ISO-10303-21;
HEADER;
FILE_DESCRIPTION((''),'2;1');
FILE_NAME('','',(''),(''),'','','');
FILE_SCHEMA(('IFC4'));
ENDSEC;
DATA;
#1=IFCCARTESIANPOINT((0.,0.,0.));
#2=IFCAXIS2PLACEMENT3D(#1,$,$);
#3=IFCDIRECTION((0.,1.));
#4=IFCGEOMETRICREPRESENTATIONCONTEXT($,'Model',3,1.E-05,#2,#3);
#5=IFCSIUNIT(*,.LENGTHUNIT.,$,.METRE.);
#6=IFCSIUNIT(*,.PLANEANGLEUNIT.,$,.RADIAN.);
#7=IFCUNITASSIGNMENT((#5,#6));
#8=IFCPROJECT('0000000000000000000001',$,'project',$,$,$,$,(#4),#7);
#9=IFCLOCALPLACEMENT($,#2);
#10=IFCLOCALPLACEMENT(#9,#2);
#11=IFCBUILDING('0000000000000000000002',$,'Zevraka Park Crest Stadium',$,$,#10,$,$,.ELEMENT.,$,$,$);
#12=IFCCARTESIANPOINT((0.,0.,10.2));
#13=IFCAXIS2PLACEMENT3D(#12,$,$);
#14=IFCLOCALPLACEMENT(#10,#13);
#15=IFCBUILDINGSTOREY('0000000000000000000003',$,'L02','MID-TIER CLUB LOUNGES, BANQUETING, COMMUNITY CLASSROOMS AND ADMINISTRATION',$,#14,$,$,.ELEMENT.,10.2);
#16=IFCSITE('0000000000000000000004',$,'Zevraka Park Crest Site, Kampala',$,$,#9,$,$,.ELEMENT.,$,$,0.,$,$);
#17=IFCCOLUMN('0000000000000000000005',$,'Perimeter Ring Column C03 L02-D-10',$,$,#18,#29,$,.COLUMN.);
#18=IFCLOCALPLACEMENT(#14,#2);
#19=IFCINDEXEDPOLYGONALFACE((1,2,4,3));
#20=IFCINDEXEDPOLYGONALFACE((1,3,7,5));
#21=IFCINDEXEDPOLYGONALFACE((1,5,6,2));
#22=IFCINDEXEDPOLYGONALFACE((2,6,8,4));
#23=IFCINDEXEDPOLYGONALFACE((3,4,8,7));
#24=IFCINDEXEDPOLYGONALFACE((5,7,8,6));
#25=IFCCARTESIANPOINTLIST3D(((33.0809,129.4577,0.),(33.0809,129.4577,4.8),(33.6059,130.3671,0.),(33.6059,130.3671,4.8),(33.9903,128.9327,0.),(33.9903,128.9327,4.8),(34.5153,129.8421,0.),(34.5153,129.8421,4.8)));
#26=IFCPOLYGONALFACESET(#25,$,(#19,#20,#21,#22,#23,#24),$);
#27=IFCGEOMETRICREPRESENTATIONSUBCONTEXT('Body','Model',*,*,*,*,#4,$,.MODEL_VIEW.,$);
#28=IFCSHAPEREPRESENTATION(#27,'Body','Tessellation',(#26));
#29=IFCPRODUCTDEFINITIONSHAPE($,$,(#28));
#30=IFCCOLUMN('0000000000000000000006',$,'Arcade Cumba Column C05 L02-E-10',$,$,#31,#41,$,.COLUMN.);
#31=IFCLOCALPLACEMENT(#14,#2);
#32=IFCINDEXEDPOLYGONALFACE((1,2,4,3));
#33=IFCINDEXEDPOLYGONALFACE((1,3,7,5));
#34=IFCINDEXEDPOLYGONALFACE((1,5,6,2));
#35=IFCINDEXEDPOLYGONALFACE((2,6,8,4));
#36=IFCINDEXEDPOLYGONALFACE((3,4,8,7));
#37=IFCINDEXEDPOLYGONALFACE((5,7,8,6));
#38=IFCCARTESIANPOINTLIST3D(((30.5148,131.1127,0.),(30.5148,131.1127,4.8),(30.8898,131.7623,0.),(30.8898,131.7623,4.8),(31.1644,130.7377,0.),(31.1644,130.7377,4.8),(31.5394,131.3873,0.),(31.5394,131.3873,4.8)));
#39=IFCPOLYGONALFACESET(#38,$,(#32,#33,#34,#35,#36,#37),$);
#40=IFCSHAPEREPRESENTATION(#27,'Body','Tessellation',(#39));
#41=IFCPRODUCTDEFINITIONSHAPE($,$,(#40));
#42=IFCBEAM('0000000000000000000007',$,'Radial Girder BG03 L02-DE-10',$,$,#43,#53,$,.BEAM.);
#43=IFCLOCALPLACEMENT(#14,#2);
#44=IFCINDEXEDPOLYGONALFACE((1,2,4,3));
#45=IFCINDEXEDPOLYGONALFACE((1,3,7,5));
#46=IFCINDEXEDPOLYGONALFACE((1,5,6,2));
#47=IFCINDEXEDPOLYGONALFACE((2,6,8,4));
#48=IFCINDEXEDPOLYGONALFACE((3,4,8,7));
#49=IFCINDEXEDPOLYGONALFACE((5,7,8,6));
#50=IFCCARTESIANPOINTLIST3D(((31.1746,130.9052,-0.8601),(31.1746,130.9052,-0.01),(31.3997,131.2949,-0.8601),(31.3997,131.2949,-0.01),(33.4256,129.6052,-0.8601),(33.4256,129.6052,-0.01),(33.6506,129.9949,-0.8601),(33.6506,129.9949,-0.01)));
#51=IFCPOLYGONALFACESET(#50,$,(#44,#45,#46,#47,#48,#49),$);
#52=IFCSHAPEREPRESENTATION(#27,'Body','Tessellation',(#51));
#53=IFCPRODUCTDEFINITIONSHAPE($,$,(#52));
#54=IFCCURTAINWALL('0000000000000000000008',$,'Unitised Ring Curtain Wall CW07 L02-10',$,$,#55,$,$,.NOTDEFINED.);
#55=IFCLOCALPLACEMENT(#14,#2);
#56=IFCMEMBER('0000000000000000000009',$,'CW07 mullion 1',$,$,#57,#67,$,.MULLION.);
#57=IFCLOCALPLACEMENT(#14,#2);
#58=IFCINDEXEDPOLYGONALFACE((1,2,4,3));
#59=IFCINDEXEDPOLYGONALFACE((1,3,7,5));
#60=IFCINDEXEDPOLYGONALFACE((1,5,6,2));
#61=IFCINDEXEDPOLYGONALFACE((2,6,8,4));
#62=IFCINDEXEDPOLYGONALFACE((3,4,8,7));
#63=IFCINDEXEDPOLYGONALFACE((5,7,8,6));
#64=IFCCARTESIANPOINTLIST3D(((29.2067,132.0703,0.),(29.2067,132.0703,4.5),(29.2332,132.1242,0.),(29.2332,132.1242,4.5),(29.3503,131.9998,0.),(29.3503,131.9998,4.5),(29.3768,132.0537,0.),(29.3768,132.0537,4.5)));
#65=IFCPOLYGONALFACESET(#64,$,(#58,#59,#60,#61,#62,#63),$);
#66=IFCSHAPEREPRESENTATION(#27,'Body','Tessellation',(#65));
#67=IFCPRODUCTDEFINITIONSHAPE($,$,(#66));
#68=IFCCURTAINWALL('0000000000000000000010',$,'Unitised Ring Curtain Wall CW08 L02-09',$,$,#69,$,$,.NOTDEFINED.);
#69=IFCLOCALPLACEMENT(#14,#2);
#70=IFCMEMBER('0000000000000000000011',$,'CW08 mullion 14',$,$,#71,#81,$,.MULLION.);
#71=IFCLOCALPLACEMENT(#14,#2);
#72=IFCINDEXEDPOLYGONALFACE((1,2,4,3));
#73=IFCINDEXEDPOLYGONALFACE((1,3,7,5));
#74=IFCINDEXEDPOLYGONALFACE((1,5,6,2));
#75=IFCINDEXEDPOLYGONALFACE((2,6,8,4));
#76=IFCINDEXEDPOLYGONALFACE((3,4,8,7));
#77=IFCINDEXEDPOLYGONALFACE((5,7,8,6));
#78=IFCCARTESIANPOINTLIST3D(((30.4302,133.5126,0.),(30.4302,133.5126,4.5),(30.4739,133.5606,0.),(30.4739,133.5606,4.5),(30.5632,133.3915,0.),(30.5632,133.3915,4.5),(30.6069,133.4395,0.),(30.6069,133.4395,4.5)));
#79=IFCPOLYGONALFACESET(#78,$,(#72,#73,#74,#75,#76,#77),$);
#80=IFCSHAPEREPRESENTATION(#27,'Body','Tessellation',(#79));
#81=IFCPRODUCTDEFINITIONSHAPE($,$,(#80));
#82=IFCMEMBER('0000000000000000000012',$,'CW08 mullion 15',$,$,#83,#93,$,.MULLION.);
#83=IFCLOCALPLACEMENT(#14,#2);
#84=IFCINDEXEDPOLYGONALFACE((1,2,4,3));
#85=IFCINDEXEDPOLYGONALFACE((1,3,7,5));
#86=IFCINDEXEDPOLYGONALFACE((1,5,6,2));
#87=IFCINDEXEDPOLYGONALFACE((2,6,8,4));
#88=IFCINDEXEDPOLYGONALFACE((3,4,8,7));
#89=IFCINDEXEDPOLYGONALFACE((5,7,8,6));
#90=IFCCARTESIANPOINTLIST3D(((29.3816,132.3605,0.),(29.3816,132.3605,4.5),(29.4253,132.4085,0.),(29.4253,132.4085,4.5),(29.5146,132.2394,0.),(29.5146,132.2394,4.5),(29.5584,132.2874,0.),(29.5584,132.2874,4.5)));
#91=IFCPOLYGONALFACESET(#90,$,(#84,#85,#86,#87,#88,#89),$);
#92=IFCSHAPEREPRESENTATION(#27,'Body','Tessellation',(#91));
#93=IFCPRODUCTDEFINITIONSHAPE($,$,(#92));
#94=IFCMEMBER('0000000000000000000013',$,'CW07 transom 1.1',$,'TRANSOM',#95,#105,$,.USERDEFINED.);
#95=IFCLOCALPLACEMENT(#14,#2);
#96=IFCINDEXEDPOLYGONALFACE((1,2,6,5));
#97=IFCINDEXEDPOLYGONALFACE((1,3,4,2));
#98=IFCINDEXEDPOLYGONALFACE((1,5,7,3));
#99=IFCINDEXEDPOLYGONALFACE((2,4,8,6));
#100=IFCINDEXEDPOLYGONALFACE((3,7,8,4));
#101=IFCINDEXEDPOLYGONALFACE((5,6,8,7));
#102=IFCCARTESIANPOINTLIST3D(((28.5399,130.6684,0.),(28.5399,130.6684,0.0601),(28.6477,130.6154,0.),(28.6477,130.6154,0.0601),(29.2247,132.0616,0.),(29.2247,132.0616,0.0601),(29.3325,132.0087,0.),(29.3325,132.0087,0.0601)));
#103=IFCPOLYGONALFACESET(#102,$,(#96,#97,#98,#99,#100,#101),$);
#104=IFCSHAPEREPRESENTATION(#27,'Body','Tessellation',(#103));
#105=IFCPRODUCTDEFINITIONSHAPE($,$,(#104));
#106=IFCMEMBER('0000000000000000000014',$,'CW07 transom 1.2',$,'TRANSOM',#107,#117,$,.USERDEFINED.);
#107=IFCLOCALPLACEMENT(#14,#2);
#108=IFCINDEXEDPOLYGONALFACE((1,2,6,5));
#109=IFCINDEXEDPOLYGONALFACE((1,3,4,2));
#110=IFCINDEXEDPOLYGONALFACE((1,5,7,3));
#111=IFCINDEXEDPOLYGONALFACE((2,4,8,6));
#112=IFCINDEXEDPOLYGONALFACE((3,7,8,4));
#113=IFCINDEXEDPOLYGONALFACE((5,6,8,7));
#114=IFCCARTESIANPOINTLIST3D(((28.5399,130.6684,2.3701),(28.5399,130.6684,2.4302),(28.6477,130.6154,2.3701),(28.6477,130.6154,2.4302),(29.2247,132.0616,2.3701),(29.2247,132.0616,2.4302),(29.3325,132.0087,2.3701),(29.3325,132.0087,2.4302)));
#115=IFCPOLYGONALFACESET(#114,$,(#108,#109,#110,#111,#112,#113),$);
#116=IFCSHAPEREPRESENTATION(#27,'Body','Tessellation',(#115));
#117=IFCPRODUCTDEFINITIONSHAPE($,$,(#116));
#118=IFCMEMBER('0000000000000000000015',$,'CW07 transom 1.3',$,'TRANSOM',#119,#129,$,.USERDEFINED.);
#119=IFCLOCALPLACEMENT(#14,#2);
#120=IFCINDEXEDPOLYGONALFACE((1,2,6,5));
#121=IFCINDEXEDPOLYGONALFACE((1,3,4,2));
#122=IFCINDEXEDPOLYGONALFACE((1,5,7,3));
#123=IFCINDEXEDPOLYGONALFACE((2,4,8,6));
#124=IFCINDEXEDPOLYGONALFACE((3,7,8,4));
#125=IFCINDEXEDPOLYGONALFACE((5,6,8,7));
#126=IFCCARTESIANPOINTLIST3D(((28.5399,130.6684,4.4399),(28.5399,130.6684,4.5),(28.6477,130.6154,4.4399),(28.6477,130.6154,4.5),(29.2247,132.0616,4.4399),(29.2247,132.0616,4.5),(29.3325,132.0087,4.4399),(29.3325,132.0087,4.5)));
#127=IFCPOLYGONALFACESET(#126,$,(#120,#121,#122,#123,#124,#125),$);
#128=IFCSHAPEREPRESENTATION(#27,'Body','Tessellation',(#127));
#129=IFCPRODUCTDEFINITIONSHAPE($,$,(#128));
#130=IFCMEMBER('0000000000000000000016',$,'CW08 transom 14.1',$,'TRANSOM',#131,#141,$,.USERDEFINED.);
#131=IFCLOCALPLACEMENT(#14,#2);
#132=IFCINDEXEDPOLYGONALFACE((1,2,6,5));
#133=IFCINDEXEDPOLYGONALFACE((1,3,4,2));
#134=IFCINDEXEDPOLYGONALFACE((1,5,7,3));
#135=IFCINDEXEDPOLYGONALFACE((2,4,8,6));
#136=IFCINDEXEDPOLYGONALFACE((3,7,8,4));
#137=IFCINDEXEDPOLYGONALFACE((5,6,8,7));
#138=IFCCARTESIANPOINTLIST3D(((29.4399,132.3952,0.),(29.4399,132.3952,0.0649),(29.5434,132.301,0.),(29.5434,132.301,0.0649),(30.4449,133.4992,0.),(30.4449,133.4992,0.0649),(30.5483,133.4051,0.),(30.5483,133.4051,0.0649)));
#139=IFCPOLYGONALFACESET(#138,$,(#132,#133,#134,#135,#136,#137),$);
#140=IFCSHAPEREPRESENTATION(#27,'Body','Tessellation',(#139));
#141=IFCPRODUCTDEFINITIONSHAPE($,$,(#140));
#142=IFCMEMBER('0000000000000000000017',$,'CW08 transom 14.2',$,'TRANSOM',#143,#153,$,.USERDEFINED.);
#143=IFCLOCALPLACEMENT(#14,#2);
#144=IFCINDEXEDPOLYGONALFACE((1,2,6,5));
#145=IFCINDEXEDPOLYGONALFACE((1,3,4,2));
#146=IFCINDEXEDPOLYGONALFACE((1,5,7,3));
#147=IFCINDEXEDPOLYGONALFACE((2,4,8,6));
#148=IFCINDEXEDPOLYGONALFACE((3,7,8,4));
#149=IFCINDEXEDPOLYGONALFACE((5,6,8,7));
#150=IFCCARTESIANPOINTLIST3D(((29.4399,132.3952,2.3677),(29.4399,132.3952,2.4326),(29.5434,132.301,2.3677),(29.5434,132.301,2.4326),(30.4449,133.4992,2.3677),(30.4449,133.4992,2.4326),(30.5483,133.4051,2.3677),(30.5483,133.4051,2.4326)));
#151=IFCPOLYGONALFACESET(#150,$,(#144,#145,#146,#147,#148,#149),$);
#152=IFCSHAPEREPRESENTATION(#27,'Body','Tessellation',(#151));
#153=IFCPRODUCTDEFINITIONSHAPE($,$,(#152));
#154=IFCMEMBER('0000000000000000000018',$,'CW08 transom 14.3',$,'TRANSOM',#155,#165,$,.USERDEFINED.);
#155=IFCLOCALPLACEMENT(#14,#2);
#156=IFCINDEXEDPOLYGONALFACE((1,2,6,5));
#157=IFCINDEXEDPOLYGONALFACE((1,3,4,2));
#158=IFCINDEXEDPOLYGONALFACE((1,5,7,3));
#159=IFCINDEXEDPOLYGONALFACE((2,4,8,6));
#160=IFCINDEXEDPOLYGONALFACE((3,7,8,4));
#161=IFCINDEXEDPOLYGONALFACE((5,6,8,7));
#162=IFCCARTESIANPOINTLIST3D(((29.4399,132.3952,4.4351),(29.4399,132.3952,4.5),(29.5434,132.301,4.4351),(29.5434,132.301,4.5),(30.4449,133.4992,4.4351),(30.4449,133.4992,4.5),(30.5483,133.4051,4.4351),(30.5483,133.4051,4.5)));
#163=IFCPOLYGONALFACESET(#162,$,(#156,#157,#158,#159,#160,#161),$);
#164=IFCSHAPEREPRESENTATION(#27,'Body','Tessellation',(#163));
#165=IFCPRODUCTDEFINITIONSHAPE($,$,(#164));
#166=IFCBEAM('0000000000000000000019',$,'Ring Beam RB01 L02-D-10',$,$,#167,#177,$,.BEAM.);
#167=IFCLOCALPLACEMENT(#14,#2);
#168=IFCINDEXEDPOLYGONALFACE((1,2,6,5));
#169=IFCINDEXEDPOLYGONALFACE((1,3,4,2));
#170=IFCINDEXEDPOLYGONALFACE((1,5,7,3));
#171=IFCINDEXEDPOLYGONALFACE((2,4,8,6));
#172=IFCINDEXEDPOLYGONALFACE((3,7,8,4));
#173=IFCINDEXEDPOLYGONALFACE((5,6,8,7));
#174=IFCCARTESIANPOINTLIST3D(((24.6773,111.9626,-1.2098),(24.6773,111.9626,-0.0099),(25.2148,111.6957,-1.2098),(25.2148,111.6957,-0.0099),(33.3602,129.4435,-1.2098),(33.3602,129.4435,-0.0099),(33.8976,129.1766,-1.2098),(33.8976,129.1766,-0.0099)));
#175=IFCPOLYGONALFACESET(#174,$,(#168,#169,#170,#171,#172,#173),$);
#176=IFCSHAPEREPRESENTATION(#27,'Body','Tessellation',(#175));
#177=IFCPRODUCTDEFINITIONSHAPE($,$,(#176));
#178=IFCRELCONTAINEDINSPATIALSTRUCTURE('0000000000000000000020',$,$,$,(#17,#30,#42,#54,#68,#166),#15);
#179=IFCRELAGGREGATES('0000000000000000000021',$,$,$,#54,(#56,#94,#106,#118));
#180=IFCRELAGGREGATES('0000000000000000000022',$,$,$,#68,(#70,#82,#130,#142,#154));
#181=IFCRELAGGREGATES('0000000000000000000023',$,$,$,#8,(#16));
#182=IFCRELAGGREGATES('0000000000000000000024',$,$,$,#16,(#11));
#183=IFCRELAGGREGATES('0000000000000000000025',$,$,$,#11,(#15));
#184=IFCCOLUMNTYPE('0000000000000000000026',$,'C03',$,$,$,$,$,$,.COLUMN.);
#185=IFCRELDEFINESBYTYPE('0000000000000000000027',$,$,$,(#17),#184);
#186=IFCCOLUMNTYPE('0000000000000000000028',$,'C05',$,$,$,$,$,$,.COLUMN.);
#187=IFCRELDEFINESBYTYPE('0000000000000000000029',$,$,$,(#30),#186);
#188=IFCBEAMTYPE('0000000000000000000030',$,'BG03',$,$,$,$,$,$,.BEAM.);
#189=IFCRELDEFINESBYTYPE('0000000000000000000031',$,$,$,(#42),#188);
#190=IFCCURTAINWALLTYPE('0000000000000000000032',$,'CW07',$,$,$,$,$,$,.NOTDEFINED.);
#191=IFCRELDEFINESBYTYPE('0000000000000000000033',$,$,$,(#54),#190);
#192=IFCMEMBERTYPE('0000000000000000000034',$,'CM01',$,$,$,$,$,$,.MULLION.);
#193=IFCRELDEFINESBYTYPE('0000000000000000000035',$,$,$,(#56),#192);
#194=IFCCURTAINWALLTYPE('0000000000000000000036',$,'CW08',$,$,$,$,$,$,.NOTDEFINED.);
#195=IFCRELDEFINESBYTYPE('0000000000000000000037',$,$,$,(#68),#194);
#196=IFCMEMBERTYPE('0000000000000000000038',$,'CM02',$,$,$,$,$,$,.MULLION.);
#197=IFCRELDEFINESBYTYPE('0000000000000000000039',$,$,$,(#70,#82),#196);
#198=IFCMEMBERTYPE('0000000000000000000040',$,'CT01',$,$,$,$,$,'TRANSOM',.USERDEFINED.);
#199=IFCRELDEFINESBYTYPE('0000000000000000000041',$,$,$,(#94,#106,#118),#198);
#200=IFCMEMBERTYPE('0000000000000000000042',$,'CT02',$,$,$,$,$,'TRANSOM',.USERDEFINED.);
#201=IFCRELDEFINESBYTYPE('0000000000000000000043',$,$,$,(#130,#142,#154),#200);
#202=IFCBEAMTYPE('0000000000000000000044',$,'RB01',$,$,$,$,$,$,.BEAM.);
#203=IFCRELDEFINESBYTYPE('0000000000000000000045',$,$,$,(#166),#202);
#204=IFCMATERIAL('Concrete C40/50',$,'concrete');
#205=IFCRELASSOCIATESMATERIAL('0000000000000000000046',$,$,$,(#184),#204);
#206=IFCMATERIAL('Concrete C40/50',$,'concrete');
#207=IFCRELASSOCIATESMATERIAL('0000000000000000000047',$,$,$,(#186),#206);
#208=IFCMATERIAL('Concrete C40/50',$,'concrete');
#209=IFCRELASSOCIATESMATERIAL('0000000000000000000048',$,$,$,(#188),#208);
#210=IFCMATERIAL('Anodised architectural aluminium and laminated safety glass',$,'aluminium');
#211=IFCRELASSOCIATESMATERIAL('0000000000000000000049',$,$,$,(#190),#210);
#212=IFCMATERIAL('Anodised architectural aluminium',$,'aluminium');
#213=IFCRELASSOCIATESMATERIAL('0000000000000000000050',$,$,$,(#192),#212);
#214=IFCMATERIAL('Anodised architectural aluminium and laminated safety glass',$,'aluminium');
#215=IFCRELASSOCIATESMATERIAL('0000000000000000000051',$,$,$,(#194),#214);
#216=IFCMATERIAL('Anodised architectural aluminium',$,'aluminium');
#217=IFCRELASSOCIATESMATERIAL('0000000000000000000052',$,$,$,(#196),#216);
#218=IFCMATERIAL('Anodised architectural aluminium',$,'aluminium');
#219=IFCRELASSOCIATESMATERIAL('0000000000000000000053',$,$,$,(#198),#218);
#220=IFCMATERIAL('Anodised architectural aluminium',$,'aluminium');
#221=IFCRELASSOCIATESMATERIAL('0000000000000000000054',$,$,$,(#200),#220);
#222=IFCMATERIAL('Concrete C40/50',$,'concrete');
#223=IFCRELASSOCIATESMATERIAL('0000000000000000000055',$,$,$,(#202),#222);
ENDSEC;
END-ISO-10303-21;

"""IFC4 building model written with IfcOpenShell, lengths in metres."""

from ifc_helpers import new_model, si_unit, direction, frame, origin, origin_2d, place, context, subcontext, project, spatial, rectangle, extrude, material, material_profile, profile_set, type_object, element, aggregate, save


model = new_model("IFC4")

# Units and contexts
model_context = context("Model", 3, precision=1e-05, world=origin(), true_north=direction((0.0, 1.0)))
body_context = subcontext(model_context, "Body", "Model", "MODEL_VIEW")
ifc_project = project(units=[si_unit("LENGTHUNIT", "METRE"), si_unit("PLANEANGLEUNIT", "RADIAN")], contexts=[model_context])

# Site, building, storey
site_placement = place(None, origin())
site = spatial("IfcSite", under=ifc_project, at=site_placement, Name="Zevraka Park Crest Site, Kampala", CompositionType="ELEMENT", RefElevation=0.0)
building_placement = place(site_placement, origin())
building = spatial("IfcBuilding", under=site, at=building_placement, Name="Zevraka Park Crest Stadium", CompositionType="ELEMENT")
storey_placement = place(building_placement, frame((0.0, 0.0, 10.2)))
storey = spatial("IfcBuildingStorey", under=building, at=storey_placement, Name="L02", Description="MID-TIER CLUB LOUNGES, BANQUETING, COMMUNITY CLASSROOMS AND ADMINISTRATION", CompositionType="ELEMENT", Elevation=10.2)

# Columns
ifc_material_1 = material(Name="Concrete C40/50", Category="concrete")
ifc_material_profile_1 = material_profile(ifc_material_1, rectangle(XDim=1.05, YDim=1.05, at=origin_2d()), Name="RC 1050x1050")
ifc_profile_set_1 = profile_set([ifc_material_profile_1], Name="Concrete C40/50")
column_type_1 = type_object("IfcColumnType", Name="C03", PredefinedType="COLUMN", material=ifc_profile_set_1)
column_1_placement = place(storey_placement, frame((33.7981, 129.6499, 0.0), z_axis=(0.0, 0.0, 1.0), x_axis=(-0.866025, 0.5, 0.0)))
element("IfcColumn", 1, at=column_1_placement, inside=storey, type_object=column_type_1, Name="Perimeter Ring Column C03 L02-D-10", PredefinedType="COLUMN", context=body_context, shape_type="SweptSolid", body=[
    extrude(rectangle(XDim=1.05, YDim=1.05, at=origin_2d()), origin(), (0.0, 0.0, 1.0), 4.8),
])
ifc_material_2 = material(Name="Concrete C40/50", Category="concrete")
ifc_material_profile_2 = material_profile(ifc_material_2, rectangle(XDim=0.75, YDim=0.75, at=origin_2d()), Name="RC 750x750")
ifc_profile_set_2 = profile_set([ifc_material_profile_2], Name="Concrete C40/50")
column_type_2 = type_object("IfcColumnType", Name="C05", PredefinedType="COLUMN", material=ifc_profile_set_2)
column_2_placement = place(storey_placement, frame((31.0271, 131.25, 0.0), z_axis=(0.0, 0.0, 1.0), x_axis=(-0.866025, 0.5, 0.0)))
element("IfcColumn", 2, at=column_2_placement, inside=storey, type_object=column_type_2, Name="Arcade Cumba Column C05 L02-E-10", PredefinedType="COLUMN", context=body_context, shape_type="SweptSolid", body=[
    extrude(rectangle(XDim=0.75, YDim=0.75, at=origin_2d()), origin(), (0.0, 0.0, 1.0), 4.8),
])

# Beam
ifc_material_3 = material(Name="Concrete C40/50", Category="concrete")
ifc_material_profile_3 = material_profile(ifc_material_3, rectangle(XDim=0.45, YDim=0.8501, at=origin_2d()), Name="RC 850x450")
ifc_profile_set_3 = profile_set([ifc_material_profile_3], Name="Concrete C40/50")
beam_type_1 = type_object("IfcBeamType", Name="BG03", PredefinedType="BEAM", material=ifc_profile_set_3)
beam_1_placement = place(storey_placement, frame((33.5381, 129.8, -0.4351), z_axis=(-0.865951, 0.500129, 0.0), x_axis=(-0.500129, -0.865951, 0.0)))
element("IfcBeam", 3, at=beam_1_placement, inside=storey, type_object=beam_type_1, Name="Radial Girder BG03 L02-DE-10", PredefinedType="BEAM", context=body_context, shape_type="SweptSolid", body=[
    extrude(rectangle(XDim=0.45, YDim=0.8501, at=origin_2d()), origin(), (0.0, 0.0, 1.0), 2.5994),
])

# Curtain wall, member
ifc_material_4 = material(Name="Anodised architectural aluminium and laminated safety glass", Category="aluminium")
curtain_wall_type_1 = type_object("IfcCurtainWallType", Name="CW07", PredefinedType="NOTDEFINED", material=ifc_material_4)
curtain_wall_1_placement = place(storey_placement, origin())
curtain_wall_1 = element("IfcCurtainWall", 4, at=curtain_wall_1_placement, inside=storey, type_object=curtain_wall_type_1, Name="Unitised Ring Curtain Wall CW07 L02-10", PredefinedType="NOTDEFINED")
ifc_material_5 = material(Name="Anodised architectural aluminium", Category="aluminium")
ifc_material_profile_4 = material_profile(ifc_material_5, rectangle(XDim=0.1599, YDim=0.0601, at=origin_2d()), Name="ALU MULLION 160x60")
ifc_profile_set_4 = profile_set([ifc_material_profile_4], Name="Anodised architectural aluminium")
member_type_1 = type_object("IfcMemberType", Name="CM01", PredefinedType="MULLION", material=ifc_profile_set_4)
member_1_placement = place(storey_placement, frame((29.2917, 132.062, 0.0), z_axis=(0.0, 0.0, 1.0), x_axis=(0.897497, -0.441021, 0.0)))
member_1 = element("IfcMember", 5, at=member_1_placement, type_object=member_type_1, Name="CW07 mullion 1", PredefinedType="MULLION", context=body_context, shape_type="SweptSolid", body=[
    extrude(rectangle(XDim=0.1599, YDim=0.0601, at=origin_2d()), origin(), (0.0, 0.0, 1.0), 4.5),
])

# Curtain wall, members
ifc_material_6 = material(Name="Anodised architectural aluminium and laminated safety glass", Category="aluminium")
curtain_wall_type_2 = type_object("IfcCurtainWallType", Name="CW08", PredefinedType="NOTDEFINED", material=ifc_material_6)
curtain_wall_2_placement = place(storey_placement, origin())
curtain_wall_2 = element("IfcCurtainWall", 6, at=curtain_wall_2_placement, inside=storey, type_object=curtain_wall_type_2, Name="Unitised Ring Curtain Wall CW08 L02-09", PredefinedType="NOTDEFINED")
ifc_material_7 = material(Name="Anodised architectural aluminium", Category="aluminium")
ifc_material_profile_5 = material_profile(ifc_material_7, rectangle(XDim=0.1799, YDim=0.0649, at=origin_2d()), Name="ALU MULLION 180x65")
ifc_profile_set_5 = profile_set([ifc_material_profile_5], Name="Anodised architectural aluminium")
member_type_2 = type_object("IfcMemberType", Name="CM02", PredefinedType="MULLION", material=ifc_profile_set_5)
member_2_placement = place(storey_placement, frame((30.5186, 133.4761, 0.0), z_axis=(0.0, 0.0, 1.0), x_axis=(0.739497, -0.67316, 0.0)))
member_2 = element("IfcMember", 7, at=member_2_placement, type_object=member_type_2, Name="CW08 mullion 14", PredefinedType="MULLION", context=body_context, shape_type="SweptSolid", body=[
    extrude(rectangle(XDim=0.1799, YDim=0.0649, at=origin_2d()), origin(), (0.0, 0.0, 1.0), 4.5),
])
member_3_placement = place(storey_placement, frame((29.47, 132.324, 0.0), z_axis=(0.0, 0.0, 1.0), x_axis=(0.739497, -0.67316, 0.0)))
member_3 = element("IfcMember", 8, at=member_3_placement, type_object=member_type_2, Name="CW08 mullion 15", PredefinedType="MULLION", context=body_context, shape_type="SweptSolid", body=[
    extrude(rectangle(XDim=0.1799, YDim=0.0649, at=origin_2d()), origin(), (0.0, 0.0, 1.0), 4.5),
])

# Members
ifc_material_8 = material(Name="Anodised architectural aluminium", Category="aluminium")
ifc_material_profile_6 = material_profile(ifc_material_8, rectangle(XDim=0.1201, YDim=0.0601, at=origin_2d()), Name="ALU TRANSOM 120x60")
ifc_profile_set_6 = profile_set([ifc_material_profile_6], Name="Anodised architectural aluminium")
member_type_3 = type_object("IfcMemberType", Name="CT01", ElementType="TRANSOM", PredefinedType="USERDEFINED", material=ifc_profile_set_6)
member_4_placement = place(storey_placement, frame((29.2786, 132.0352, 0.03), z_axis=(-0.441102, -0.897457, 0.0), x_axis=(0.897457, -0.441102, 0.0)))
member_4 = element("IfcMember", 9, at=member_4_placement, type_object=member_type_3, Name="CW07 transom 1.1", ObjectType="TRANSOM", PredefinedType="USERDEFINED", context=body_context, shape_type="SweptSolid", body=[
    extrude(rectangle(XDim=0.1201, YDim=0.0601, at=origin_2d()), origin(), (0.0, 0.0, 1.0), 1.5525),
])
member_5_placement = place(storey_placement, frame((29.2786, 132.0352, 2.4001), z_axis=(-0.441102, -0.897457, 0.0), x_axis=(0.897457, -0.441102, 0.0)))
member_5 = element("IfcMember", 10, at=member_5_placement, type_object=member_type_3, Name="CW07 transom 1.2", ObjectType="TRANSOM", PredefinedType="USERDEFINED", context=body_context, shape_type="SweptSolid", body=[
    extrude(rectangle(XDim=0.1201, YDim=0.0601, at=origin_2d()), origin(), (0.0, 0.0, 1.0), 1.5525),
])
member_6_placement = place(storey_placement, frame((29.2786, 132.0352, 4.47), z_axis=(-0.441102, -0.897457, 0.0), x_axis=(0.897457, -0.441102, 0.0)))
member_6 = element("IfcMember", 11, at=member_6_placement, type_object=member_type_3, Name="CW07 transom 1.3", ObjectType="TRANSOM", PredefinedType="USERDEFINED", context=body_context, shape_type="SweptSolid", body=[
    extrude(rectangle(XDim=0.1201, YDim=0.0601, at=origin_2d()), origin(), (0.0, 0.0, 1.0), 1.5525),
])
aggregate(curtain_wall_1, [member_1, member_4, member_5, member_6])
ifc_material_9 = material(Name="Anodised architectural aluminium", Category="aluminium")
ifc_material_profile_7 = material_profile(ifc_material_9, rectangle(XDim=0.1399, YDim=0.0649, at=origin_2d()), Name="ALU TRANSOM 140x65")
ifc_profile_set_7 = profile_set([ifc_material_profile_7], Name="Anodised architectural aluminium")
member_type_4 = type_object("IfcMemberType", Name="CT02", ElementType="TRANSOM", PredefinedType="USERDEFINED", material=ifc_profile_set_7)
member_7_placement = place(storey_placement, frame((30.4966, 133.4521, 0.0325), z_axis=(-0.673129, -0.739526, 0.0), x_axis=(0.739526, -0.673129, 0.0)))
member_7 = element("IfcMember", 12, at=member_7_placement, type_object=member_type_4, Name="CW08 transom 14.1", ObjectType="TRANSOM", PredefinedType="USERDEFINED", context=body_context, shape_type="SweptSolid", body=[
    extrude(rectangle(XDim=0.1399, YDim=0.0649, at=origin_2d()), origin(), (0.0, 0.0, 1.0), 1.4929),
])
member_8_placement = place(storey_placement, frame((30.4966, 133.4521, 2.4001), z_axis=(-0.673129, -0.739526, 0.0), x_axis=(0.739526, -0.673129, 0.0)))
member_8 = element("IfcMember", 13, at=member_8_placement, type_object=member_type_4, Name="CW08 transom 14.2", ObjectType="TRANSOM", PredefinedType="USERDEFINED", context=body_context, shape_type="SweptSolid", body=[
    extrude(rectangle(XDim=0.1399, YDim=0.0649, at=origin_2d()), origin(), (0.0, 0.0, 1.0), 1.4929),
])
member_9_placement = place(storey_placement, frame((30.4966, 133.4521, 4.4675), z_axis=(-0.673129, -0.739526, 0.0), x_axis=(0.739526, -0.673129, 0.0)))
member_9 = element("IfcMember", 14, at=member_9_placement, type_object=member_type_4, Name="CW08 transom 14.3", ObjectType="TRANSOM", PredefinedType="USERDEFINED", context=body_context, shape_type="SweptSolid", body=[
    extrude(rectangle(XDim=0.1399, YDim=0.0649, at=origin_2d()), origin(), (0.0, 0.0, 1.0), 1.4929),
])

# Beam
ifc_material_10 = material(Name="Concrete C40/50", Category="concrete")
ifc_material_profile_8 = material_profile(ifc_material_10, rectangle(XDim=0.6001, YDim=1.2, at=origin_2d()), Name="RC 1200x600")
ifc_profile_set_8 = profile_set([ifc_material_profile_8], Name="Concrete C40/50")
beam_type_2 = type_object("IfcBeamType", Name="RB01", PredefinedType="BEAM", material=ifc_profile_set_8)
beam_2_placement = place(storey_placement, frame((33.6289, 129.3101, -0.6099), z_axis=(-0.444851, -0.895605, 0.0), x_axis=(0.895605, -0.444851, 0.0)))
element("IfcBeam", 15, at=beam_2_placement, inside=storey, type_object=beam_type_2, Name="Ring Beam RB01 L02-D-10", PredefinedType="BEAM", context=body_context, shape_type="SweptSolid", body=[
    extrude(rectangle(XDim=0.6001, YDim=1.2, at=origin_2d()), origin(), (0.0, 0.0, 1.0), 19.5186),
])

aggregate(curtain_wall_2, [member_2, member_3, member_7, member_8, member_9])

save(model, "model.ifc")
